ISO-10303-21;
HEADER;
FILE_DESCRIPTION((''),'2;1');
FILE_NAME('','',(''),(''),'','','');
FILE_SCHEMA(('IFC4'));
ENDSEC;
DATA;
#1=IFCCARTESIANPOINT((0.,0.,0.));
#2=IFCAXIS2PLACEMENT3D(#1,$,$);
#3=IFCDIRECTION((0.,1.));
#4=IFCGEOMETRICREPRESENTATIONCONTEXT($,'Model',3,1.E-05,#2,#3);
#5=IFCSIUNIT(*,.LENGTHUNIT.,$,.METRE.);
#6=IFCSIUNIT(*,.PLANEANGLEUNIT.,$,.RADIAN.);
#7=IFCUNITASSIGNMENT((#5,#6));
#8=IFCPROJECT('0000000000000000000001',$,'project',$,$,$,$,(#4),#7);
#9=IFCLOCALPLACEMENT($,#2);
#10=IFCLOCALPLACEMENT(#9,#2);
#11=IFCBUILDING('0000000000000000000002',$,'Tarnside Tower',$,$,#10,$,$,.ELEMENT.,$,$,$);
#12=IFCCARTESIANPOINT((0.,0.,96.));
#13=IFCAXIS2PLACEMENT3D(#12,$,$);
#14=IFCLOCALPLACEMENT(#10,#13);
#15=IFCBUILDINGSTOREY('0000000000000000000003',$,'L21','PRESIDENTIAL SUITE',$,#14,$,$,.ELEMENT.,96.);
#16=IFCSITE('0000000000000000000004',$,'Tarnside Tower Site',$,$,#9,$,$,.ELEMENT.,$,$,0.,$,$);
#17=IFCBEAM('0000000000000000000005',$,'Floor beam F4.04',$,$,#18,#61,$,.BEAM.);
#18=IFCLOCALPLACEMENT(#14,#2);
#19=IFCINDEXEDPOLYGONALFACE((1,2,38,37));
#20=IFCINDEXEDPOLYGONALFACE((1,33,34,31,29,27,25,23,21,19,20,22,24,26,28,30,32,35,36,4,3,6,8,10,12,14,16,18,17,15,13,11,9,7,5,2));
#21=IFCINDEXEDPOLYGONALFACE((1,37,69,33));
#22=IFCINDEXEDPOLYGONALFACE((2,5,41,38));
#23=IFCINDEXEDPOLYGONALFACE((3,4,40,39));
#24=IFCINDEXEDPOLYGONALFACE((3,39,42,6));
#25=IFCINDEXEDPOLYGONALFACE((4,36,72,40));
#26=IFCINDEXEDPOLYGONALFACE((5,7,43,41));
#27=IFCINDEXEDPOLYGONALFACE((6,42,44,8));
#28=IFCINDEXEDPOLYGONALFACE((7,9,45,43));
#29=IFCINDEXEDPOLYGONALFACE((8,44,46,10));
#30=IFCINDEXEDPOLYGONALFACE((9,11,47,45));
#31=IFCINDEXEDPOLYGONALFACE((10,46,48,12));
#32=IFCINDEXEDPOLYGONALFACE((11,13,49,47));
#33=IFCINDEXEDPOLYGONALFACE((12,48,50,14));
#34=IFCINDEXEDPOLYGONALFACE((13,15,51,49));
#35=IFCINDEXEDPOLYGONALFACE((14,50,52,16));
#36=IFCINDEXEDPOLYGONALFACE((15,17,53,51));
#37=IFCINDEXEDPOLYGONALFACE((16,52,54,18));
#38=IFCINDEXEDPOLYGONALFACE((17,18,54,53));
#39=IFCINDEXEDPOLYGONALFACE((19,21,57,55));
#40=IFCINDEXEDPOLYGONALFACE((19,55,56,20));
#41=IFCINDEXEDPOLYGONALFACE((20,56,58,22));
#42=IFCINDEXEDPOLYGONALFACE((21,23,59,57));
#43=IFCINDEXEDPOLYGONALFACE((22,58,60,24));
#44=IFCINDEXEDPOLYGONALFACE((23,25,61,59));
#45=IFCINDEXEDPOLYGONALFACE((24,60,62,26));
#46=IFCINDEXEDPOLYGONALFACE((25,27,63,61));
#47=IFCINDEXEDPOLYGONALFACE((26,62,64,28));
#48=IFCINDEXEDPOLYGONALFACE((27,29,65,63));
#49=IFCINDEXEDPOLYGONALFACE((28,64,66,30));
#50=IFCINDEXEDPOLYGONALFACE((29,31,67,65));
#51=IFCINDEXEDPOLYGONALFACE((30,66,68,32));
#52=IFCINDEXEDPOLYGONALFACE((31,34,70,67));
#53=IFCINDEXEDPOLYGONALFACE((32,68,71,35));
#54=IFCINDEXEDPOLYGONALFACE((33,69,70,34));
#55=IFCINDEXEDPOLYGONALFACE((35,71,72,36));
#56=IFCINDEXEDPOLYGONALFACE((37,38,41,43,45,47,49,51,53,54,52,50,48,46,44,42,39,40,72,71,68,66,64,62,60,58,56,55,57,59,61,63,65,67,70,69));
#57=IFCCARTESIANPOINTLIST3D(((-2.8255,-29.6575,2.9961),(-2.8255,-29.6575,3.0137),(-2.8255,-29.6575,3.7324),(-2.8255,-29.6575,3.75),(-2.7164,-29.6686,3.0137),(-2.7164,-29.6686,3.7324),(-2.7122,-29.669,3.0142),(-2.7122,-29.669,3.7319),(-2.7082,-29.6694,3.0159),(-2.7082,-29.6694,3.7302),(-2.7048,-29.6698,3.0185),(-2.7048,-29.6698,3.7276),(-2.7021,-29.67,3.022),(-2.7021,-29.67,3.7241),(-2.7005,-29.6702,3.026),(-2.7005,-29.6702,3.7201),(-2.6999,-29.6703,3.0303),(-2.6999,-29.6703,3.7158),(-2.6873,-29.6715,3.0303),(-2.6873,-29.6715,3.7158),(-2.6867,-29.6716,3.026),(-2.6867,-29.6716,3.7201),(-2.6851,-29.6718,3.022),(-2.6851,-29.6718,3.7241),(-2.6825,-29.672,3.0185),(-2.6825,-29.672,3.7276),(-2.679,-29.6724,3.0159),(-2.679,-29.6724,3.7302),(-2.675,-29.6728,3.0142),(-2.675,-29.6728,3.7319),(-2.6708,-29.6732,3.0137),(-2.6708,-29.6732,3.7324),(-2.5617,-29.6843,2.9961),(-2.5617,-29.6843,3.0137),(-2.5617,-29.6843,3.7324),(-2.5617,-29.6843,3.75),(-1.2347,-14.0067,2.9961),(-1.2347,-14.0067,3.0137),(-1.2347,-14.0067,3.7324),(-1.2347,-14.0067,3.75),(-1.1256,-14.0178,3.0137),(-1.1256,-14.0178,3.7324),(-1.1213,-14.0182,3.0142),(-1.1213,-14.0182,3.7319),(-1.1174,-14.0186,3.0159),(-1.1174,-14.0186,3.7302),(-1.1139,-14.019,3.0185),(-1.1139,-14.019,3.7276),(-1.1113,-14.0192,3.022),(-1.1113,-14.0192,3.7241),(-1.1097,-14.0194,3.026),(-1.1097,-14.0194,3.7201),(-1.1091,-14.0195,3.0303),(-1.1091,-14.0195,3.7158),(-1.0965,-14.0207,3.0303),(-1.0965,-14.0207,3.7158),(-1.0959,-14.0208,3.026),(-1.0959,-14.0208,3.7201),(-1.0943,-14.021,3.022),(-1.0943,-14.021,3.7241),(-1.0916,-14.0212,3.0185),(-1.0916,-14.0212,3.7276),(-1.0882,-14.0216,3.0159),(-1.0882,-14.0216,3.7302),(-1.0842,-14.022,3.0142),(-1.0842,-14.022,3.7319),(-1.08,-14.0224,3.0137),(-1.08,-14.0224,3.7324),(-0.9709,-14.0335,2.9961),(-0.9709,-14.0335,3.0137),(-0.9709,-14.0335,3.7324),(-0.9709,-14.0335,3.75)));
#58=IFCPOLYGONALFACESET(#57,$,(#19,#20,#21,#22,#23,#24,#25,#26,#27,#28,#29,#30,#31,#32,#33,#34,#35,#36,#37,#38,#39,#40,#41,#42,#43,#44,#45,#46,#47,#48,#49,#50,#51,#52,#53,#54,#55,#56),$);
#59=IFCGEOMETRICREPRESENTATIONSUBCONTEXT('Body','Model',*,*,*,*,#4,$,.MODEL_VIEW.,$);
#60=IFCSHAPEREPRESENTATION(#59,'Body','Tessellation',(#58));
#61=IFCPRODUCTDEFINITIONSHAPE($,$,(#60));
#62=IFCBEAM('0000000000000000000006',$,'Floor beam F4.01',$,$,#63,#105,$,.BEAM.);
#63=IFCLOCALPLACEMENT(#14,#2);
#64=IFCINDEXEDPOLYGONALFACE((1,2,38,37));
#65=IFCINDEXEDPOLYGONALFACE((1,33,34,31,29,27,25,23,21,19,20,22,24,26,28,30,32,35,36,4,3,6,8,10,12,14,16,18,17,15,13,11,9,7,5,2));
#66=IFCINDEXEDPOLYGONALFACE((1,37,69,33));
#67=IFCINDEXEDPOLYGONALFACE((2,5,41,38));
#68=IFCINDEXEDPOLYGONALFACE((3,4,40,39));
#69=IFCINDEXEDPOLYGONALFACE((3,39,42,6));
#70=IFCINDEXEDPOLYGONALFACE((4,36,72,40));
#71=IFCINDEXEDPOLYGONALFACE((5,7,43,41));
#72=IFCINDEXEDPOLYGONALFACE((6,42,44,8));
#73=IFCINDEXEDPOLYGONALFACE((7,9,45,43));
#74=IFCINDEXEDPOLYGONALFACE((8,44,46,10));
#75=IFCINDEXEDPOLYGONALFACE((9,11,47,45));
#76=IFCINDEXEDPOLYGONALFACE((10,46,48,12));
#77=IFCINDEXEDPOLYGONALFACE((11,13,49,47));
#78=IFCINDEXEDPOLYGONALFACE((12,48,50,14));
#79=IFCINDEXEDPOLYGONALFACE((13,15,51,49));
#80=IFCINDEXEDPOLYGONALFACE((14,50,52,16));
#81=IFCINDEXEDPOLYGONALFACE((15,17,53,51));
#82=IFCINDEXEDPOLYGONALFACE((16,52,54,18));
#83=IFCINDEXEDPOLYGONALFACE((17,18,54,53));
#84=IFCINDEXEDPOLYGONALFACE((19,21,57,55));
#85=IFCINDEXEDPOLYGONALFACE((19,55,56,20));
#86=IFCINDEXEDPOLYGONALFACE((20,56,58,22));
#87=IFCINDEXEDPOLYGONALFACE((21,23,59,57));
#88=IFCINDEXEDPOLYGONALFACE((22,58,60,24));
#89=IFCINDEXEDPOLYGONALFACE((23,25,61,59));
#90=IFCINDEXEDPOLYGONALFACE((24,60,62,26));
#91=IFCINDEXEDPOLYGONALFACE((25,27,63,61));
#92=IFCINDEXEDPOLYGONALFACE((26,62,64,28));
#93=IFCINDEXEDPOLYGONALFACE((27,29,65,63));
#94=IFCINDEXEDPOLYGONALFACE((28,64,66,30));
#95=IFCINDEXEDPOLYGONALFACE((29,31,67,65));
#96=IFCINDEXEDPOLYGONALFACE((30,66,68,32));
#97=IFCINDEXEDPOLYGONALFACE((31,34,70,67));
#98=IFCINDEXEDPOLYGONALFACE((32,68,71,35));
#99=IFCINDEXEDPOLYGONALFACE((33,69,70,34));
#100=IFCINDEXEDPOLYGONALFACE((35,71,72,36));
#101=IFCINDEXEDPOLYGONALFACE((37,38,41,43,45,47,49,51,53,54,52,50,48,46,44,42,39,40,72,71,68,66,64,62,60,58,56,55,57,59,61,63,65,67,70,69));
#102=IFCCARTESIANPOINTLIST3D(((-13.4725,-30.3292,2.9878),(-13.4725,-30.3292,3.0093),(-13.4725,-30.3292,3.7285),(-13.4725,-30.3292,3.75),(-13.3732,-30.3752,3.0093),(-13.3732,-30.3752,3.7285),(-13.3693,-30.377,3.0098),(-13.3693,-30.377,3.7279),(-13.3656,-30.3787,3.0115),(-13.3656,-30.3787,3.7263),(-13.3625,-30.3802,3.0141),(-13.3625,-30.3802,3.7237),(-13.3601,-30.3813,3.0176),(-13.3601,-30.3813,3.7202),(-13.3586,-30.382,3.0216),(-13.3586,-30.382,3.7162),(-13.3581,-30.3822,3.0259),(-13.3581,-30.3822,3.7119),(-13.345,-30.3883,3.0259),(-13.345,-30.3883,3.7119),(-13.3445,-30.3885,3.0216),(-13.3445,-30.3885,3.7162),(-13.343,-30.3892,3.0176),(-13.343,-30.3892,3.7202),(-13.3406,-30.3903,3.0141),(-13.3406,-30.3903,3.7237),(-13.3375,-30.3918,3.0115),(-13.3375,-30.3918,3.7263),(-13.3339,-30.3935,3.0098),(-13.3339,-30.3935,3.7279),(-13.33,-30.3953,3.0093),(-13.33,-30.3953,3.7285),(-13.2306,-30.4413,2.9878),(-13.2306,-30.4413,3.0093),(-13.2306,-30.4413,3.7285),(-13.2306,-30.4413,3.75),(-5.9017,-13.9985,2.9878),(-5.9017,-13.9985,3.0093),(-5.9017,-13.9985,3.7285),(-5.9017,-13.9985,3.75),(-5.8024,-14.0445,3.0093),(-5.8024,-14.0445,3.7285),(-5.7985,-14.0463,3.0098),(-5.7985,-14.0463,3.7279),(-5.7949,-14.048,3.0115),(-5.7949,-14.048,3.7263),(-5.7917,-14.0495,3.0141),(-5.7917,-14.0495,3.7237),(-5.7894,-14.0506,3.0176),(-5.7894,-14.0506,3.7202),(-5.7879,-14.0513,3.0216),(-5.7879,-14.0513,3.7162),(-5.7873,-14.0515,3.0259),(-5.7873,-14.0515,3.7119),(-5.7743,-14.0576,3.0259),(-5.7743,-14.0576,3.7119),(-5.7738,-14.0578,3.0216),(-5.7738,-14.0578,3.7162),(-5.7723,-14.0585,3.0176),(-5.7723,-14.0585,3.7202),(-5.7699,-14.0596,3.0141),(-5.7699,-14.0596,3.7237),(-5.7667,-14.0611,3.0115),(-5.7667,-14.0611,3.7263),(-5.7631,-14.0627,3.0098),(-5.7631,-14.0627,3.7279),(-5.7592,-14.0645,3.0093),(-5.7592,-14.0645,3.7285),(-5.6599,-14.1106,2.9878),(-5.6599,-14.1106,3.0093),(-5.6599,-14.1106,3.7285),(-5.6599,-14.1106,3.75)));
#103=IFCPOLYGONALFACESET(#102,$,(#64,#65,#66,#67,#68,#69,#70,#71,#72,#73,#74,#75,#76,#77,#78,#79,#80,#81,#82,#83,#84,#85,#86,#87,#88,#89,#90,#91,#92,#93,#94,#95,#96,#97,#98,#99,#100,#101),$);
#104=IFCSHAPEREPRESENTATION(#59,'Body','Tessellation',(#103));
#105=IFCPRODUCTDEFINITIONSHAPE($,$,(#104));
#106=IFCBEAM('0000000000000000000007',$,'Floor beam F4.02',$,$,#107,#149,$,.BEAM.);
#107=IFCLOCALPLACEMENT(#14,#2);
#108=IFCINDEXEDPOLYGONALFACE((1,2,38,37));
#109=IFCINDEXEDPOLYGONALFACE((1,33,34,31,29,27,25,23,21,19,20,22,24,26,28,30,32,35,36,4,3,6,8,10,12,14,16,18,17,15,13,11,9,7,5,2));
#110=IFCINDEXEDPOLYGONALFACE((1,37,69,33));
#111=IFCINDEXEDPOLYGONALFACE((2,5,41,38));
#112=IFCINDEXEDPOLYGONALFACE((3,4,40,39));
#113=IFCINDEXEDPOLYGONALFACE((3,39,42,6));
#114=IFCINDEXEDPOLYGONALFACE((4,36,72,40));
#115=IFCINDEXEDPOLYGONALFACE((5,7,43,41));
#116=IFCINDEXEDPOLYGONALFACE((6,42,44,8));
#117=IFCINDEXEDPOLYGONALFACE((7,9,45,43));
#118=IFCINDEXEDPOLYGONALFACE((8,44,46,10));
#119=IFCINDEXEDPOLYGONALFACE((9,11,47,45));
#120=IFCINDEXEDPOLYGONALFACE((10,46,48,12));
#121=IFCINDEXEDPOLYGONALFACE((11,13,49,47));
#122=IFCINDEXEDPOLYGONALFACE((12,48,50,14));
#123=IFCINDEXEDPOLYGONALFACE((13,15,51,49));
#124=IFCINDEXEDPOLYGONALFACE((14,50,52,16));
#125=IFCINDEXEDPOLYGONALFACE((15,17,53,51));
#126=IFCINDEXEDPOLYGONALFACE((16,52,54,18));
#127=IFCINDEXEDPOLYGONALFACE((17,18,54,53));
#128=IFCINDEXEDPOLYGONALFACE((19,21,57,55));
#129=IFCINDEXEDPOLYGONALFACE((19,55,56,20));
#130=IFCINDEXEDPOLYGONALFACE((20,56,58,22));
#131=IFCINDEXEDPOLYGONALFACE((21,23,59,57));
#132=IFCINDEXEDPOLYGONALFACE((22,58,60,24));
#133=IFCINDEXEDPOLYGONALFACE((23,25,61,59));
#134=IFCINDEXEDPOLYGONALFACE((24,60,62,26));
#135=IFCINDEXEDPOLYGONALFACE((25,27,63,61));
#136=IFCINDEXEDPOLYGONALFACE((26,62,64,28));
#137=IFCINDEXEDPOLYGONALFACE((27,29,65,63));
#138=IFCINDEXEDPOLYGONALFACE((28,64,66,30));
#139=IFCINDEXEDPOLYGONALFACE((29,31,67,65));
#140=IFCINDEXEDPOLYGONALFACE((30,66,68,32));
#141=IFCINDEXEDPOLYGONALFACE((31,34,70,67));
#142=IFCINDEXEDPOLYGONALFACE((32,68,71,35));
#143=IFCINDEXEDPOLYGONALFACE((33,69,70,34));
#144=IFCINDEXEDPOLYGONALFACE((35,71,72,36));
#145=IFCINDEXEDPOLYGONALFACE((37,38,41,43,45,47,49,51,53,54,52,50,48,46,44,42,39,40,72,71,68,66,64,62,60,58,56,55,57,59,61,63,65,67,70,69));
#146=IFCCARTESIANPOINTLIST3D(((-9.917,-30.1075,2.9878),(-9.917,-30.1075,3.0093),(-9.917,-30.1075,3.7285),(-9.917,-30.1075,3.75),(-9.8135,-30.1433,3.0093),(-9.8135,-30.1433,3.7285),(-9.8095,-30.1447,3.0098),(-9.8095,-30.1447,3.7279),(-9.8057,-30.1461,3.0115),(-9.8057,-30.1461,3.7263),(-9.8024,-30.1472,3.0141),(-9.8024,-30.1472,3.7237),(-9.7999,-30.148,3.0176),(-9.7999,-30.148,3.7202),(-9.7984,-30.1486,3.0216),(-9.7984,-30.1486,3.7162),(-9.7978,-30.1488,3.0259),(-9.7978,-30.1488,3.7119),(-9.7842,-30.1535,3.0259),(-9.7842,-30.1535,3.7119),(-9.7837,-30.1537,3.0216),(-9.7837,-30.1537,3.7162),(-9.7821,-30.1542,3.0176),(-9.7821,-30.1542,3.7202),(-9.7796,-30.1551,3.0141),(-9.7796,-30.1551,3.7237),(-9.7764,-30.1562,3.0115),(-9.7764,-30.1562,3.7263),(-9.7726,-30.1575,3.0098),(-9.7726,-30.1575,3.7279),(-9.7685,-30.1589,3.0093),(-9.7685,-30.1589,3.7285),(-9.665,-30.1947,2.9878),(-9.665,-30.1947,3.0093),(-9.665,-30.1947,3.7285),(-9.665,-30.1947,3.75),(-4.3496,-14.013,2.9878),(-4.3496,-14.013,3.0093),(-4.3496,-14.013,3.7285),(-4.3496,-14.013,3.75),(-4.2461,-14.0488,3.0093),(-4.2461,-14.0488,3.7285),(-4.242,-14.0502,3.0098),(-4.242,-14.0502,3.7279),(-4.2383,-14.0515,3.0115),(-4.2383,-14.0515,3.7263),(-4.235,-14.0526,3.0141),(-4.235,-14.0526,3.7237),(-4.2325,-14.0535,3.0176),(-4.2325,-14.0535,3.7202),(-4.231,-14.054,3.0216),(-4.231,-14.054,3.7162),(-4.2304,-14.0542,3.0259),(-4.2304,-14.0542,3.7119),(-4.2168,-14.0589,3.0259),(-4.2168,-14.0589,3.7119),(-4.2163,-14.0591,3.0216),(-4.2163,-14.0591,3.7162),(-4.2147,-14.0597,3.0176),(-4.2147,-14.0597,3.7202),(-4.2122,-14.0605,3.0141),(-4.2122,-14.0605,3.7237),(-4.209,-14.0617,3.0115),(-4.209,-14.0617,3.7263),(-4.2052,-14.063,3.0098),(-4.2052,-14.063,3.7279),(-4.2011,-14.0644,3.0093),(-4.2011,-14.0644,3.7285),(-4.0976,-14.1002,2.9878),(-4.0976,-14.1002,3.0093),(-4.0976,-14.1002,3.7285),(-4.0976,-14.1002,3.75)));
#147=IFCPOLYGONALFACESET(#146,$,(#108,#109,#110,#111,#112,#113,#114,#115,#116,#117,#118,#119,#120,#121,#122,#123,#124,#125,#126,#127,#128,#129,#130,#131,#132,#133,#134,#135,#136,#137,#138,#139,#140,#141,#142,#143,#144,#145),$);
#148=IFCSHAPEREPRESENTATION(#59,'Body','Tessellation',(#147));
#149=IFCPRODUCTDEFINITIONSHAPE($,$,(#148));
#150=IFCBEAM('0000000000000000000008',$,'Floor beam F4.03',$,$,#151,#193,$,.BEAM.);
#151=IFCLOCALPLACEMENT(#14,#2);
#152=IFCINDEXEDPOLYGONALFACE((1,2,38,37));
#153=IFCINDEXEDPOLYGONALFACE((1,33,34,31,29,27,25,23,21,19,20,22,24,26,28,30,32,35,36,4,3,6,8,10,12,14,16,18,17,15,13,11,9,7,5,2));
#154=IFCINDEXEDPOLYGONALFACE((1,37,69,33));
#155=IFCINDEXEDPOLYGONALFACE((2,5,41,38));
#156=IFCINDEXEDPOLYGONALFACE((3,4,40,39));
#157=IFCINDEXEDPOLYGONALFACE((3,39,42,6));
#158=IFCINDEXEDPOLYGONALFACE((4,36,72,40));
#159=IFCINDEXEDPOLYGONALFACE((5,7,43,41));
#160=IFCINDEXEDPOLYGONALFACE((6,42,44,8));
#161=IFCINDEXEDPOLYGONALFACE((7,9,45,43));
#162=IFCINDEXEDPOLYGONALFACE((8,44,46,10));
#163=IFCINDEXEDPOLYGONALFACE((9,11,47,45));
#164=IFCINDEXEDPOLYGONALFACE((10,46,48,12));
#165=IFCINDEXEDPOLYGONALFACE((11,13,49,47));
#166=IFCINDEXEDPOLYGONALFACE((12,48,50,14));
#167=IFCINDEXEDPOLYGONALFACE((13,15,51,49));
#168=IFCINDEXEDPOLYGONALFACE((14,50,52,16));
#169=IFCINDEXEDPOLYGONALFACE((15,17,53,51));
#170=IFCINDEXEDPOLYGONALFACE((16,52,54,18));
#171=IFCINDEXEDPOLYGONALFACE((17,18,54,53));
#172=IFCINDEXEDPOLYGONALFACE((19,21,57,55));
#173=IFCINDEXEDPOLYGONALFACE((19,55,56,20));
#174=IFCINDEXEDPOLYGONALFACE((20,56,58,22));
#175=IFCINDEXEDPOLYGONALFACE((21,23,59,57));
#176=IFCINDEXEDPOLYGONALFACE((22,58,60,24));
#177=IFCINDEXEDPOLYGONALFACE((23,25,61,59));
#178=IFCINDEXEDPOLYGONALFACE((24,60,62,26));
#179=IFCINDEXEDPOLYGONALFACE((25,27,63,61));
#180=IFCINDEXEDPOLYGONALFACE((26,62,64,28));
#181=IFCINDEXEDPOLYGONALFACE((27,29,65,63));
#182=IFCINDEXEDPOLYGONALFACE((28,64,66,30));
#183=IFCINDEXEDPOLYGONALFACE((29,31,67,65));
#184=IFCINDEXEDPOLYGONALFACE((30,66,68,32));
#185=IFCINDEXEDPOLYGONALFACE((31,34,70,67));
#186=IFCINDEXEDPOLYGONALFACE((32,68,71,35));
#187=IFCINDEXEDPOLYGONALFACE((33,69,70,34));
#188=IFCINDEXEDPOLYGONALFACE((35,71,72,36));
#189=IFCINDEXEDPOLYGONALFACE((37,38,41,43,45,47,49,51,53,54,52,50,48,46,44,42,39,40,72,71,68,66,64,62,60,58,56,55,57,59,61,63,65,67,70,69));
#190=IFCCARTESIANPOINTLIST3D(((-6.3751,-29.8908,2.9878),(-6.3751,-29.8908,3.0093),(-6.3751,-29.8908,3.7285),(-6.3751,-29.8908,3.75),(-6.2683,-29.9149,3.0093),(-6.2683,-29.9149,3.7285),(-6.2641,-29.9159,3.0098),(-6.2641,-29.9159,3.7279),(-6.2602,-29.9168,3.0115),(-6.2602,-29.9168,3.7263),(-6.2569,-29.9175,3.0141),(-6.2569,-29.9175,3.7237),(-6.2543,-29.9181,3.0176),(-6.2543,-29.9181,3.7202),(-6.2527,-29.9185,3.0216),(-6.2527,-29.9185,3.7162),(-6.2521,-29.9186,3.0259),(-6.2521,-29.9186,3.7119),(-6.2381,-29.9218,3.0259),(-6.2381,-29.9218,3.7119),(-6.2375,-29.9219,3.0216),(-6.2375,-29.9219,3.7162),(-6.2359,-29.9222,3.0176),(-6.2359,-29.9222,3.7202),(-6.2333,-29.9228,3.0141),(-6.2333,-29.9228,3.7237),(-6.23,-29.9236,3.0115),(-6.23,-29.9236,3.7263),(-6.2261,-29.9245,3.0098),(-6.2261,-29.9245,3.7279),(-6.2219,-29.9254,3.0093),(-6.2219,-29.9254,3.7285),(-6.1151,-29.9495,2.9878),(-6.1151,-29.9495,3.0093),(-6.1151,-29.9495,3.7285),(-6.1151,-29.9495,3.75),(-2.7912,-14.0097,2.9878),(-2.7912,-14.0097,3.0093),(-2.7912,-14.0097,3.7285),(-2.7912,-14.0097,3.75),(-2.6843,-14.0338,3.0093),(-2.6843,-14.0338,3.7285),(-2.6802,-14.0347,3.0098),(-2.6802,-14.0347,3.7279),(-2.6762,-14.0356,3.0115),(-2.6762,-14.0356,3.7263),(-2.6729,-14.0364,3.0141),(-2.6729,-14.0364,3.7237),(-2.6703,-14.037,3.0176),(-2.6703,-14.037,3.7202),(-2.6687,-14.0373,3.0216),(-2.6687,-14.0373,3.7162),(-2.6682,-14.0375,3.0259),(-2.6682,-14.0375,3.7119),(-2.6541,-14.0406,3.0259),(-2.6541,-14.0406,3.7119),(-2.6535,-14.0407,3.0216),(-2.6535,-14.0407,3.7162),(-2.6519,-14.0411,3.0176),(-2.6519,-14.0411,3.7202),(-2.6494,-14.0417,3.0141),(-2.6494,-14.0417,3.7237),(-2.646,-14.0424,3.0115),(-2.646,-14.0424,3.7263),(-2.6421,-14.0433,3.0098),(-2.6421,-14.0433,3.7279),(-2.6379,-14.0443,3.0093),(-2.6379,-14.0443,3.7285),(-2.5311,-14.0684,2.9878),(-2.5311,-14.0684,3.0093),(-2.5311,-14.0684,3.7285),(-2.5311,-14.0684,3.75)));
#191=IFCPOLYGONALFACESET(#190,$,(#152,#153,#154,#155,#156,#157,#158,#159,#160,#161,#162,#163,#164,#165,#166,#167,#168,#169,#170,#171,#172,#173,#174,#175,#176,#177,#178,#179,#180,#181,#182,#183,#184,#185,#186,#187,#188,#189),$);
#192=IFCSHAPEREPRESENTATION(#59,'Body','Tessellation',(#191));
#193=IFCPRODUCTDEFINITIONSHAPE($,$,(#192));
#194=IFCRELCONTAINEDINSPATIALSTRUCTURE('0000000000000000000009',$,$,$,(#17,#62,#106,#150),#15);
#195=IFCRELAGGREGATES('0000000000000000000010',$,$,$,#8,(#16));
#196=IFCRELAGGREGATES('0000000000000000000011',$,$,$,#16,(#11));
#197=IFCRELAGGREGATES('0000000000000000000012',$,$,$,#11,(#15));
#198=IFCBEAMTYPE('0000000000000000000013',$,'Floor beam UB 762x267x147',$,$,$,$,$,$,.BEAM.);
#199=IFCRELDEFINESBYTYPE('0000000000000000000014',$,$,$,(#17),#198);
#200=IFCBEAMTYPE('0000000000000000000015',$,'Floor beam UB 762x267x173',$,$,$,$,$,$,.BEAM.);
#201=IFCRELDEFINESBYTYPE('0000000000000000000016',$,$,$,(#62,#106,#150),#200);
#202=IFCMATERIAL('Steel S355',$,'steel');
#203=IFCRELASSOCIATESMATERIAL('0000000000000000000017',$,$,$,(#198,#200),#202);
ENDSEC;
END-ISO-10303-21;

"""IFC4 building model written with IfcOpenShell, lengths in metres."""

from ifc_helpers import new_model, si_unit, direction, frame, origin, origin_2d, place, context, subcontext, project, spatial, i_section, extrude, material, material_profile, profile_set, type_object, element, save


model = new_model("IFC4")

# Units and contexts
model_context = context("Model", 3, precision=1e-05, world=origin(), true_north=direction((0.0, 1.0)))
body_context = subcontext(model_context, "Body", "Model", "MODEL_VIEW")
ifc_project = project(units=[si_unit("LENGTHUNIT", "METRE"), si_unit("PLANEANGLEUNIT", "RADIAN")], contexts=[model_context])

# Site, building, storey
site_placement = place(None, origin())
site = spatial("IfcSite", under=ifc_project, at=site_placement, Name="Tarnside Tower Site", CompositionType="ELEMENT", RefElevation=0.0)
building_placement = place(site_placement, origin())
building = spatial("IfcBuilding", under=site, at=building_placement, Name="Tarnside Tower", CompositionType="ELEMENT")
storey_placement = place(building_placement, frame((0.0, 0.0, 96.0)))
storey = spatial("IfcBuildingStorey", under=building, at=storey_placement, Name="L21", Description="PRESIDENTIAL SUITE", CompositionType="ELEMENT", Elevation=96.0)

# Beams
ifc_material_1 = material(Name="Steel S355", Category="steel")
ifc_material_profile_1 = material_profile(ifc_material_1, i_section(OverallWidth=0.2651, OverallDepth=0.7539, WebThickness=0.0127, FlangeThickness=0.0176, FilletRadius=0.0166, at=origin_2d()), Name="UB 762x267x147")
ifc_profile_set_1 = profile_set([ifc_material_profile_1], Name="Steel S355")
beam_type_1 = type_object("IfcBeamType", Name="Floor beam UB 762x267x147", PredefinedType="BEAM", material=ifc_profile_set_1)
beam_1_placement = place(storey_placement, frame((-2.6936, -29.6709, 3.373), z_axis=(0.101123, 0.994874, 0.0), x_axis=(-0.994874, 0.101123, 0.0)))
element("IfcBeam", 1, at=beam_1_placement, inside=storey, type_object=beam_type_1, Name="Floor beam F4.04", PredefinedType="BEAM", context=body_context, shape_type="SweptSolid", body=[
    extrude(i_section(OverallWidth=0.2651, OverallDepth=0.7539, WebThickness=0.0127, FlangeThickness=0.0176, FilletRadius=0.0166, at=origin_2d()), origin(), (0.0, 0.0, 1.0), 15.7314),
])
ifc_material_profile_2 = material_profile(ifc_material_1, i_section(OverallWidth=0.2666, OverallDepth=0.7622, WebThickness=0.0144, FlangeThickness=0.0215, FilletRadius=0.0166, at=origin_2d()), Name="UB 762x267x173")
ifc_profile_set_2 = profile_set([ifc_material_profile_2], Name="Steel S355")
beam_type_2 = type_object("IfcBeamType", Name="Floor beam UB 762x267x173", PredefinedType="BEAM", material=ifc_profile_set_2)
beam_2_placement = place(storey_placement, frame((-13.3516, -30.3853, 3.3689), z_axis=(0.420592, 0.90725, 0.0), x_axis=(-0.90725, 0.420592, 0.0)))
element("IfcBeam", 2, at=beam_2_placement, inside=storey, type_object=beam_type_2, Name="Floor beam F4.01", PredefinedType="BEAM", context=body_context, shape_type="SweptSolid", body=[
    extrude(i_section(OverallWidth=0.2666, OverallDepth=0.7622, WebThickness=0.0144, FlangeThickness=0.0215, FilletRadius=0.0166, at=origin_2d()), origin(), (0.0, 0.0, 1.0), 18.0002),
])
beam_3_placement = place(storey_placement, frame((-9.791, -30.1511, 3.3689), z_axis=(0.326912, 0.945055, 0.0), x_axis=(-0.945055, 0.326912, 0.0)))
element("IfcBeam", 3, at=beam_3_placement, inside=storey, type_object=beam_type_2, Name="Floor beam F4.02", PredefinedType="BEAM", context=body_context, shape_type="SweptSolid", body=[
    extrude(i_section(OverallWidth=0.2666, OverallDepth=0.7622, WebThickness=0.0144, FlangeThickness=0.0215, FilletRadius=0.0166, at=origin_2d()), origin(), (0.0, 0.0, 1.0), 17.0303),
])
beam_4_placement = place(storey_placement, frame((-6.2451, -29.9202, 3.3689), z_axis=(0.22014, 0.975468, 0.0), x_axis=(-0.975468, 0.22014, 0.0)))
element("IfcBeam", 4, at=beam_4_placement, inside=storey, type_object=beam_type_2, Name="Floor beam F4.03", PredefinedType="BEAM", context=body_context, shape_type="SweptSolid", body=[
    extrude(i_section(OverallWidth=0.2666, OverallDepth=0.7622, WebThickness=0.0144, FlangeThickness=0.0215, FilletRadius=0.0166, at=origin_2d()), origin(), (0.0, 0.0, 1.0), 16.2805),
])

save(model, "model.ifc")
